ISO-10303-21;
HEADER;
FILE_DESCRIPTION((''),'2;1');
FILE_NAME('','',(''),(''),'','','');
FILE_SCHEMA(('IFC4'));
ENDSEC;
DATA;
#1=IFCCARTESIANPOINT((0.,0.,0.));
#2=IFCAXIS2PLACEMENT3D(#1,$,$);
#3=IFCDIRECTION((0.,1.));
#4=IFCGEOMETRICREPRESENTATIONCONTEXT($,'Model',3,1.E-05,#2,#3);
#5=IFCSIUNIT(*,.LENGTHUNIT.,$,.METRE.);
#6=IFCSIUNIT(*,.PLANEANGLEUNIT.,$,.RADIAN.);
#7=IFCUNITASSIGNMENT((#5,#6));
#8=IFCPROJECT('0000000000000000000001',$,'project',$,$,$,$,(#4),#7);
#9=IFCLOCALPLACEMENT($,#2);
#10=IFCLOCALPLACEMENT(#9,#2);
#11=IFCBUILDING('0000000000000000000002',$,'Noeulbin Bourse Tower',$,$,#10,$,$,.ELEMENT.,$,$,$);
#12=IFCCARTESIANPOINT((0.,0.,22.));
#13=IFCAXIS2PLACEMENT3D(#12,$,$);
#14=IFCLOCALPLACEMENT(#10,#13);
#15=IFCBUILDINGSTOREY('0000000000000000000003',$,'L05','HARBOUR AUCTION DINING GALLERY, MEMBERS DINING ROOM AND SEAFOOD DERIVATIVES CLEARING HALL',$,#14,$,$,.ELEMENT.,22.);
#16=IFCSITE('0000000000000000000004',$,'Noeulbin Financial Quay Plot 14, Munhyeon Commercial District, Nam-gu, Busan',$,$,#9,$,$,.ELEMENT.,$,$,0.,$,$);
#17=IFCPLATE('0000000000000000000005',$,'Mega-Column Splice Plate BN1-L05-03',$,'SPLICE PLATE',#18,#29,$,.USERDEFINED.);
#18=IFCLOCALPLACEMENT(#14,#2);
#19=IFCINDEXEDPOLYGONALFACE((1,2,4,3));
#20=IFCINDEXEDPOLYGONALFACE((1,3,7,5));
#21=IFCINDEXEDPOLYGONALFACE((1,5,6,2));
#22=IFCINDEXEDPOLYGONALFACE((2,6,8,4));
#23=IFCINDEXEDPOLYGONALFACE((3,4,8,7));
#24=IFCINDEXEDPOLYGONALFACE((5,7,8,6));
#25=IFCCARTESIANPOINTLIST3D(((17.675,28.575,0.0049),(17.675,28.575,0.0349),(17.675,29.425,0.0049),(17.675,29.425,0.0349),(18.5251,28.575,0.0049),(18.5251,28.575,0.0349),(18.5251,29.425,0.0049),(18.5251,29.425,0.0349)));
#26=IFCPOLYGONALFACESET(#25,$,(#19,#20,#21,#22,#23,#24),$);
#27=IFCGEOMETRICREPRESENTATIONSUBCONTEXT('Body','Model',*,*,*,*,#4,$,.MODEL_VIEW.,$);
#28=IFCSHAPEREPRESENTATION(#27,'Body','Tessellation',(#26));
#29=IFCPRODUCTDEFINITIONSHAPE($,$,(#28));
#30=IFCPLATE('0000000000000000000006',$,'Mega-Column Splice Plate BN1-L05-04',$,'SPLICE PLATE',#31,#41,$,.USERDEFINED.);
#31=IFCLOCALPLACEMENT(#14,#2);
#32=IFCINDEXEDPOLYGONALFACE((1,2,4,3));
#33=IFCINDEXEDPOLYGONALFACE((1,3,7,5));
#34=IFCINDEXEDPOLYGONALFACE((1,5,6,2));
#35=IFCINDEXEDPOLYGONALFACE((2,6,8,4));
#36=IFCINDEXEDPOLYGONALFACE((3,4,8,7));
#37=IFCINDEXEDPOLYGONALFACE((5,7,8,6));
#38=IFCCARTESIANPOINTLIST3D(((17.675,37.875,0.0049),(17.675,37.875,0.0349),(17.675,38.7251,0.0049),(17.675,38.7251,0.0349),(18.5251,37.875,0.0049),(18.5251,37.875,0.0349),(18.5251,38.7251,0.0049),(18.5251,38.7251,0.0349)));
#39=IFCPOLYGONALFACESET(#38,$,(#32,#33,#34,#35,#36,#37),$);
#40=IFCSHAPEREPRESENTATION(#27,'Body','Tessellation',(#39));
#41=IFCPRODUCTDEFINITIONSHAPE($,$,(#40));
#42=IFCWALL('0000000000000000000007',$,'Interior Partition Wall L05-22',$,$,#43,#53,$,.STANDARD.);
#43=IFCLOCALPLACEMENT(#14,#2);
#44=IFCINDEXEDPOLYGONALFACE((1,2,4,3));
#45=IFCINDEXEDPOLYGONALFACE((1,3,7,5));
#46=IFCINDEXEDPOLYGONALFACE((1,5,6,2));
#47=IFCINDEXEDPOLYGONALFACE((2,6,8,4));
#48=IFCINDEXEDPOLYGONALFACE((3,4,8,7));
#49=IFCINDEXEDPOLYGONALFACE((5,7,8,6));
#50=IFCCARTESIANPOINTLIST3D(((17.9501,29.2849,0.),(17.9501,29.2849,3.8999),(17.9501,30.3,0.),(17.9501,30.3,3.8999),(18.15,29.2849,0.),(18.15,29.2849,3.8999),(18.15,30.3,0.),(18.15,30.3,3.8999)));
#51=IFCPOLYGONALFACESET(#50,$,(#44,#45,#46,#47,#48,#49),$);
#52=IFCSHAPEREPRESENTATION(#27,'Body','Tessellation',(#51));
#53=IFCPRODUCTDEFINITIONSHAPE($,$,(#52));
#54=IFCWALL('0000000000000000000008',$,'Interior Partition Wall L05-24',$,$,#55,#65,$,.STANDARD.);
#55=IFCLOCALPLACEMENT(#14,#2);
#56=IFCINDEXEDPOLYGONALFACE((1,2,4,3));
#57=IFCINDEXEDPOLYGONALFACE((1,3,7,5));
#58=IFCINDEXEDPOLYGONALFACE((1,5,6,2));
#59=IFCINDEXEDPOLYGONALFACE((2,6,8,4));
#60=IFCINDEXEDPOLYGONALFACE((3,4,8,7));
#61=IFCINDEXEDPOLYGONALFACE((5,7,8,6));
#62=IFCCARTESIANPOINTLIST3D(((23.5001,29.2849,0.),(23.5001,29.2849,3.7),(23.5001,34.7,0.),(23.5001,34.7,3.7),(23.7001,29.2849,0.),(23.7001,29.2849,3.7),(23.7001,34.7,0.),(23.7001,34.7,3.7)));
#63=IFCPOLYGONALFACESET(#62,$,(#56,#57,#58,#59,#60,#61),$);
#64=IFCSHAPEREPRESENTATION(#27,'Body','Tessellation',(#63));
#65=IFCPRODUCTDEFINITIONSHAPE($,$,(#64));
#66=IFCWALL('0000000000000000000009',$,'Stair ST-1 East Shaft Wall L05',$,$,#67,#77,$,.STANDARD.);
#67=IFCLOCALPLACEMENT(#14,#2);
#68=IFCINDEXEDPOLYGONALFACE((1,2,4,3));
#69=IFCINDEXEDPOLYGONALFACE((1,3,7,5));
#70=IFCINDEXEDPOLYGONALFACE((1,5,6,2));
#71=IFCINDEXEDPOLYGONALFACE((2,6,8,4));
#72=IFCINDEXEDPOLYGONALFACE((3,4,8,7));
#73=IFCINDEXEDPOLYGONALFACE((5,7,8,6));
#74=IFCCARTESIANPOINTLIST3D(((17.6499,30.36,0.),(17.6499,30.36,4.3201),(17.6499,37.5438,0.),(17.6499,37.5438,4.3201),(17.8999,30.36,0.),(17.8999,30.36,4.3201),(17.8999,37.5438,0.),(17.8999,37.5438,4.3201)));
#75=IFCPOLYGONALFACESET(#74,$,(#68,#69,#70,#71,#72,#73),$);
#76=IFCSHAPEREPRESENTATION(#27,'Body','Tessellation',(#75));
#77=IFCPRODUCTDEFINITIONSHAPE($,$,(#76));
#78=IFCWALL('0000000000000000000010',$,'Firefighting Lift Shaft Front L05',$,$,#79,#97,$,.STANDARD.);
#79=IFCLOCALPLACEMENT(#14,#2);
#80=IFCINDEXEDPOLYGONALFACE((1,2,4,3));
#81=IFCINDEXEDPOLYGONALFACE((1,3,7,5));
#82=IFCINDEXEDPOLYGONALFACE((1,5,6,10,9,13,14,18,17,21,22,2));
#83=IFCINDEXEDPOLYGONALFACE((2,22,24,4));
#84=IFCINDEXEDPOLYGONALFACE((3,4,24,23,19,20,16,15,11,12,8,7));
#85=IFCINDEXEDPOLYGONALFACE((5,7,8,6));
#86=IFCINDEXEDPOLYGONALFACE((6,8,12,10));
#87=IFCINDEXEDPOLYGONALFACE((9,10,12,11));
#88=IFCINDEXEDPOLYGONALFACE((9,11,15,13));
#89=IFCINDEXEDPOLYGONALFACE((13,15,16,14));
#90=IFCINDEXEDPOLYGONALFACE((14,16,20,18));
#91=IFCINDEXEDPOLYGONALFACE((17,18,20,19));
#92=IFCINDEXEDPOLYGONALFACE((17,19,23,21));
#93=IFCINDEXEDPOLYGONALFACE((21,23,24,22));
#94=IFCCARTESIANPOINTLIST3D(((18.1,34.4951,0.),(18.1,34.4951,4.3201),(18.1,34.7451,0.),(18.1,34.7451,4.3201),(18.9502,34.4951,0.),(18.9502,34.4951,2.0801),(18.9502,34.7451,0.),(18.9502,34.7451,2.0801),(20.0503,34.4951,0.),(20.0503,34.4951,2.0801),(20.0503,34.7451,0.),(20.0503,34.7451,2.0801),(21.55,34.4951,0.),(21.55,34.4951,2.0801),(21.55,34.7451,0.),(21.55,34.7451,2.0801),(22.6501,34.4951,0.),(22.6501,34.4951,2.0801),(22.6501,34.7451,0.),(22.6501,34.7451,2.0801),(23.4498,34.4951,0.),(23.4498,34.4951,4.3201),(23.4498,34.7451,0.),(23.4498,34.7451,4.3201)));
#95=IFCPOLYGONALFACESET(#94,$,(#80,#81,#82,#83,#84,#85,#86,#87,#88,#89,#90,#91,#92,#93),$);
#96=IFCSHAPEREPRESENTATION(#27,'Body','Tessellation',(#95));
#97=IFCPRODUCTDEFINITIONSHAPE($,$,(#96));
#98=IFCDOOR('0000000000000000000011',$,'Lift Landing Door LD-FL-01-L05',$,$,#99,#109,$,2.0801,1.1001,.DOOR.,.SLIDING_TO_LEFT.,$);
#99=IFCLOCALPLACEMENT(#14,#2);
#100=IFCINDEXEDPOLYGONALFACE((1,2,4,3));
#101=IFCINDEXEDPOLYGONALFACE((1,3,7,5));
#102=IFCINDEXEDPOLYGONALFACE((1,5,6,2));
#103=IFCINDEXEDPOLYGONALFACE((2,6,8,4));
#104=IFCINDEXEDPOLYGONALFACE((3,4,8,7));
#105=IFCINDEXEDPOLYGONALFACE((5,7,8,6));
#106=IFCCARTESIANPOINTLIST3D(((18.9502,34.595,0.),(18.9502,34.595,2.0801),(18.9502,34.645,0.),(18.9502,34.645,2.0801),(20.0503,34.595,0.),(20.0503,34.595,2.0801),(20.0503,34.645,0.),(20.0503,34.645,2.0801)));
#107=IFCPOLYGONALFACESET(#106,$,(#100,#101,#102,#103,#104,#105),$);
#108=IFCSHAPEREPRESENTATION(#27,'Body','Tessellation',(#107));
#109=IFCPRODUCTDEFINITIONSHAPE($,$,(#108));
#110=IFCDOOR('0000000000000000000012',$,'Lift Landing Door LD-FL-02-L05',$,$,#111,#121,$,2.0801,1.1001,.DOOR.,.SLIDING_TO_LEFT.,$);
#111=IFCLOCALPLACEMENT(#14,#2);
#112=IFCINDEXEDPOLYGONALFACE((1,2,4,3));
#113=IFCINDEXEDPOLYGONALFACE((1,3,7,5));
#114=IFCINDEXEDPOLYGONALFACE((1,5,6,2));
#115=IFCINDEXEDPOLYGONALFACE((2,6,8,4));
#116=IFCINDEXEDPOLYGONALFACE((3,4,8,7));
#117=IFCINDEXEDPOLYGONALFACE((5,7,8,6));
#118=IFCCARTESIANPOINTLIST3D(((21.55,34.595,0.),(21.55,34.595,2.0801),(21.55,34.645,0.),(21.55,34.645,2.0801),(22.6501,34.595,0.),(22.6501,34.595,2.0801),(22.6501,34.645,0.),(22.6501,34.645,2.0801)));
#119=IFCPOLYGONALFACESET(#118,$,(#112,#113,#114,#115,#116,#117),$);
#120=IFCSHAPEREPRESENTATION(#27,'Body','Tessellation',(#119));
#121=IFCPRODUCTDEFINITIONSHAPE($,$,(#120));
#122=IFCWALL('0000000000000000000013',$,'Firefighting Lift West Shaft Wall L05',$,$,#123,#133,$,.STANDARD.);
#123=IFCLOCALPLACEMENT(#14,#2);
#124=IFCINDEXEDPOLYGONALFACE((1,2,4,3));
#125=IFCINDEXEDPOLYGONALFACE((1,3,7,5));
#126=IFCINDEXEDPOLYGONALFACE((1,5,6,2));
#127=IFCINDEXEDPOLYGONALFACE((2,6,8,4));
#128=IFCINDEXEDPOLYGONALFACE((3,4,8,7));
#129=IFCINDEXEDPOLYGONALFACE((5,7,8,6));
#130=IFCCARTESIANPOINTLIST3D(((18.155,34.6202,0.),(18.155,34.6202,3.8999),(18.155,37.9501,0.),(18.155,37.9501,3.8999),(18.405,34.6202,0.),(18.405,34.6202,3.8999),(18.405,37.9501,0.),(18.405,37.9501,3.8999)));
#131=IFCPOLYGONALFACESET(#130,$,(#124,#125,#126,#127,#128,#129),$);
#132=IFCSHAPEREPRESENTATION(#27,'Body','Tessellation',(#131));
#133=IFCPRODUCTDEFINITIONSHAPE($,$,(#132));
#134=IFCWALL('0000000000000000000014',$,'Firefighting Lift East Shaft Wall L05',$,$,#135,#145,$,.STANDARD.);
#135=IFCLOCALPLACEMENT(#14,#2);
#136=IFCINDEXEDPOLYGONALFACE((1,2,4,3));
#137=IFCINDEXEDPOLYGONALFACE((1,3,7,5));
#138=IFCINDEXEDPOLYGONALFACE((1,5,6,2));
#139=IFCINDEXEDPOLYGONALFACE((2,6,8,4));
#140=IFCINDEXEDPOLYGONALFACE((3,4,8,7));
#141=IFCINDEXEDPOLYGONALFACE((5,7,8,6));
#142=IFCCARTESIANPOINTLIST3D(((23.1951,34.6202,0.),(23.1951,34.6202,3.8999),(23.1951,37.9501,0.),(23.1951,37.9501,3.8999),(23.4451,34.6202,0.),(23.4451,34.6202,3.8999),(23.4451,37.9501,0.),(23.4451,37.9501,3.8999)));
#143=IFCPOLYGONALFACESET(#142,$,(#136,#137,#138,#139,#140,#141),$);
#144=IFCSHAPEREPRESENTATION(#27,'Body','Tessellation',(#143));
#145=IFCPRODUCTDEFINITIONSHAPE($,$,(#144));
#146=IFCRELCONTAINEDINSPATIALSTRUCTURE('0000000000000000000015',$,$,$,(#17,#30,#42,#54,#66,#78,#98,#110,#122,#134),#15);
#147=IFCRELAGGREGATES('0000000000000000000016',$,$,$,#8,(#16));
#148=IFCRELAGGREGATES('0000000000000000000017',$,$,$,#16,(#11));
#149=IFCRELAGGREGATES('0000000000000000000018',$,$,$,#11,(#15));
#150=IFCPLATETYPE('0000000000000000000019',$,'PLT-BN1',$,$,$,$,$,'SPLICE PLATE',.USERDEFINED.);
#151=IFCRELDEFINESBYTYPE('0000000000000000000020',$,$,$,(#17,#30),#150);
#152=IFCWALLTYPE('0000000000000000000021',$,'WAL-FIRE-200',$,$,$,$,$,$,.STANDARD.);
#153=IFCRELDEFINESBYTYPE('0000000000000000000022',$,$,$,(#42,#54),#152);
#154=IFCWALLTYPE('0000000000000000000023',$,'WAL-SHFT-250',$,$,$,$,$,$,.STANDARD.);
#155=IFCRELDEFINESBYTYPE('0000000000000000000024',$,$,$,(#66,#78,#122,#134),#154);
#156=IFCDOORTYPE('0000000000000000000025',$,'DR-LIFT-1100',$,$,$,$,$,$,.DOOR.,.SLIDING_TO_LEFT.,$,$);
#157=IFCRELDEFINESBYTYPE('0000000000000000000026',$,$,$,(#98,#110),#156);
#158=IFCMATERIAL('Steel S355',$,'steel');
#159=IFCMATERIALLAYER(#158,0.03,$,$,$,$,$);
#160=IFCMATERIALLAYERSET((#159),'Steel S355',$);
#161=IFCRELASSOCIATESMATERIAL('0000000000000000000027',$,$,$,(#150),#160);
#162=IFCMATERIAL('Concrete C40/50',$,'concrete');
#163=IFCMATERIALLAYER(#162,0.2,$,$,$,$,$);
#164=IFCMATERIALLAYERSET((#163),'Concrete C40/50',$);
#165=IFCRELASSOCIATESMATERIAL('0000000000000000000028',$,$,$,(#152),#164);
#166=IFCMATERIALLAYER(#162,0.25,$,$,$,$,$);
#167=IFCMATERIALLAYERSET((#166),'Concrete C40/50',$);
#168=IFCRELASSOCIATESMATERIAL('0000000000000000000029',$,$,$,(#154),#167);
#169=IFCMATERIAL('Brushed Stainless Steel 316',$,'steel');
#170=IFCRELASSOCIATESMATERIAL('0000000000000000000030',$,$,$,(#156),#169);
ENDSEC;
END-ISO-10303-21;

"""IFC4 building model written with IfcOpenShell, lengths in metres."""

from ifc_helpers import new_model, si_unit, direction, frame, frame_2d, origin, origin_2d, place, context, subcontext, project, spatial, rectangle, extrude, material, layer, layer_set, type_object, element, fill, save


model = new_model("IFC4")

# Units and contexts
model_context = context("Model", 3, precision=1e-05, world=origin(), true_north=direction((0.0, 1.0)))
body_context = subcontext(model_context, "Body", "Model", "MODEL_VIEW")
ifc_project = project(units=[si_unit("LENGTHUNIT", "METRE"), si_unit("PLANEANGLEUNIT", "RADIAN")], contexts=[model_context])

# Site, building, storey
site_placement = place(None, origin())
site = spatial("IfcSite", under=ifc_project, at=site_placement, Name="Noeulbin Financial Quay Plot 14, Munhyeon Commercial District, Nam-gu, Busan", CompositionType="ELEMENT", RefElevation=0.0)
building_placement = place(site_placement, origin())
building = spatial("IfcBuilding", under=site, at=building_placement, Name="Noeulbin Bourse Tower", CompositionType="ELEMENT")
storey_placement = place(building_placement, frame((0.0, 0.0, 22.0)))
storey = spatial("IfcBuildingStorey", under=building, at=storey_placement, Name="L05", Description="HARBOUR AUCTION DINING GALLERY, MEMBERS DINING ROOM AND SEAFOOD DERIVATIVES CLEARING HALL", CompositionType="ELEMENT", Elevation=22.0)

# Plates
ifc_material_1 = material(Name="Steel S355", Category="steel")
ifc_layer_1 = layer(ifc_material_1, 0.03)
ifc_layer_set_1 = layer_set([ifc_layer_1], Name="Steel S355")
plate_type = type_object("IfcPlateType", Name="PLT-BN1", ElementType="SPLICE PLATE", PredefinedType="USERDEFINED", material=ifc_layer_set_1)
for number, where, z_axis, x_axis, name in (
    (1, (18.1001, 29.0, 0.0049), (0.0, 0.0, 1.0), (1.0, 0.0, 0.0), "Mega-Column Splice Plate BN1-L05-03"),
    (2, (18.1001, 38.3, 0.0049), (0.0, 0.0, 1.0), (1.0, 0.0, 0.0), "Mega-Column Splice Plate BN1-L05-04"),
):
    element("IfcPlate", number, at=place(storey_placement, frame(where, z_axis=z_axis, x_axis=x_axis)), inside=storey, type_object=plate_type, Name=name, ObjectType="SPLICE PLATE", PredefinedType="USERDEFINED", context=body_context, shape_type="SweptSolid", body=[
        extrude(rectangle(XDim=0.8501, YDim=0.8501, at=origin_2d()), origin(), (0.0, 0.0, 1.0), 0.03),
    ])

# Walls
ifc_material_2 = material(Name="Concrete C40/50", Category="concrete")
ifc_layer_2 = layer(ifc_material_2, 0.2)
ifc_layer_set_2 = layer_set([ifc_layer_2], Name="Concrete C40/50")
wall_type_1 = type_object("IfcWallType", Name="WAL-FIRE-200", PredefinedType="STANDARD", material=ifc_layer_set_2)
wall_1_placement = place(storey_placement, frame((18.05, 29.2849, 0.0), z_axis=(0.0, 0.0, 1.0), x_axis=(0.0, 1.0, 0.0)))
element("IfcWall", 3, at=wall_1_placement, inside=storey, type_object=wall_type_1, Name="Interior Partition Wall L05-22", PredefinedType="STANDARD", context=body_context, shape_type="SweptSolid", body=[
    extrude(rectangle(XDim=1.0151, YDim=0.2, at=frame_2d((0.5076, 0.0))), origin(), (0.0, 0.0, 1.0), 3.8999),
])
wall_2_placement = place(storey_placement, frame((23.6001, 29.2849, 0.0), z_axis=(0.0, 0.0, 1.0), x_axis=(0.0, 1.0, 0.0)))
element("IfcWall", 4, at=wall_2_placement, inside=storey, type_object=wall_type_1, Name="Interior Partition Wall L05-24", PredefinedType="STANDARD", context=body_context, shape_type="SweptSolid", body=[
    extrude(rectangle(XDim=5.415, YDim=0.2, at=frame_2d((2.7075, 0.0))), origin(), (0.0, 0.0, 1.0), 3.7),
])
ifc_layer_3 = layer(ifc_material_2, 0.25)
ifc_layer_set_3 = layer_set([ifc_layer_3], Name="Concrete C40/50")
wall_type_2 = type_object("IfcWallType", Name="WAL-SHFT-250", PredefinedType="STANDARD", material=ifc_layer_set_3)
wall_3_placement = place(storey_placement, frame((17.7749, 30.3601, 0.0), z_axis=(0.0, 0.0, 1.0), x_axis=(0.0, 1.0, 0.0)))
element("IfcWall", 5, at=wall_3_placement, inside=storey, type_object=wall_type_2, Name="Stair ST-1 East Shaft Wall L05", PredefinedType="STANDARD", context=body_context, shape_type="SweptSolid", body=[
    extrude(rectangle(XDim=7.1838, YDim=0.25, at=frame_2d((3.5918, 0.0))), origin(), (0.0, 0.0, 1.0), 4.3201),
])

# Wall, openings, doors
wall_4_placement = place(storey_placement, frame((18.1001, 34.6201, 0.0), z_axis=(0.0, 0.0, 1.0), x_axis=(1.0, 0.0, 0.0)))
wall_4 = element("IfcWall", 6, at=wall_4_placement, inside=storey, type_object=wall_type_2, Name="Firefighting Lift Shaft Front L05", PredefinedType="STANDARD", context=body_context, shape_type="SweptSolid", body=[
    extrude(rectangle(XDim=5.3499, YDim=0.25, at=frame_2d((2.6748, 0.0))), origin(), (0.0, 0.0, 1.0), 4.3201),
])
opening_1_placement = place(wall_4_placement, frame((0.8501, 0.0, 0.0)))
opening_1 = element("IfcOpeningElement", 7, at=opening_1_placement, cuts=wall_4, PredefinedType="OPENING", context=body_context, shape_type="SweptSolid", body=[
    extrude(rectangle(XDim=1.1001, YDim=2.0801, at=frame_2d((0.55, 1.04))), frame((0.0, 0.135, 0.0), z_axis=(0.0, -1.0, 0.0), x_axis=(1.0, 0.0, 0.0)), (0.0, 0.0, 1.0), 0.27),
])
opening_2_placement = place(wall_4_placement, frame((3.45, 0.0, 0.0)))
opening_2 = element("IfcOpeningElement", 8, at=opening_2_placement, cuts=wall_4, PredefinedType="OPENING", context=body_context, shape_type="SweptSolid", body=[
    extrude(rectangle(XDim=1.1001, YDim=2.0801, at=frame_2d((0.55, 1.04))), frame((0.0, 0.135, 0.0), z_axis=(0.0, -1.0, 0.0), x_axis=(1.0, 0.0, 0.0)), (0.0, 0.0, 1.0), 0.27),
])
ifc_material_3 = material(Name="Brushed Stainless Steel 316", Category="steel")
door_type_1 = type_object("IfcDoorType", Name="DR-LIFT-1100", OperationType="SLIDING_TO_LEFT", PredefinedType="DOOR", material=ifc_material_3)
door_1_placement = place(opening_1_placement, origin())
door_1 = element("IfcDoor", 9, at=door_1_placement, inside=storey, type_object=door_type_1, Name="Lift Landing Door LD-FL-01-L05", OperationType="SLIDING_TO_LEFT", OverallHeight=2.0801, OverallWidth=1.1001, PredefinedType="DOOR", context=body_context, shape_type="SweptSolid", body=[
    extrude(rectangle(XDim=1.1001, YDim=2.0801, at=frame_2d((0.55, 1.04))), frame((0.0, 0.0249, 0.0), z_axis=(0.0, -1.0, 0.0), x_axis=(1.0, 0.0, 0.0)), (0.0, 0.0, 1.0), 0.05),
])
fill(opening_1, door_1)
door_2_placement = place(opening_2_placement, origin())
door_2 = element("IfcDoor", 10, at=door_2_placement, inside=storey, type_object=door_type_1, Name="Lift Landing Door LD-FL-02-L05", OperationType="SLIDING_TO_LEFT", OverallHeight=2.0801, OverallWidth=1.1001, PredefinedType="DOOR", context=body_context, shape_type="SweptSolid", body=[
    extrude(rectangle(XDim=1.1001, YDim=2.0801, at=frame_2d((0.55, 1.04))), frame((0.0, 0.0249, 0.0), z_axis=(0.0, -1.0, 0.0), x_axis=(1.0, 0.0, 0.0)), (0.0, 0.0, 1.0), 0.05),
])
fill(opening_2, door_2)

# Walls
for number, where, z_axis, x_axis, name in (
    (11, (18.28, 34.6201, 0.0), (0.0, 0.0, 1.0), (0.0, 1.0, 0.0), "Firefighting Lift West Shaft Wall L05"),
    (12, (23.3201, 34.6201, 0.0), (0.0, 0.0, 1.0), (0.0, 1.0, 0.0), "Firefighting Lift East Shaft Wall L05"),
):
    element("IfcWall", number, at=place(storey_placement, frame(where, z_axis=z_axis, x_axis=x_axis)), inside=storey, type_object=wall_type_2, Name=name, PredefinedType="STANDARD", context=body_context, shape_type="SweptSolid", body=[
        extrude(rectangle(XDim=3.3298, YDim=0.25, at=frame_2d((1.665, 0.0))), origin(), (0.0, 0.0, 1.0), 3.8999),
    ])

save(model, "model.ifc")
